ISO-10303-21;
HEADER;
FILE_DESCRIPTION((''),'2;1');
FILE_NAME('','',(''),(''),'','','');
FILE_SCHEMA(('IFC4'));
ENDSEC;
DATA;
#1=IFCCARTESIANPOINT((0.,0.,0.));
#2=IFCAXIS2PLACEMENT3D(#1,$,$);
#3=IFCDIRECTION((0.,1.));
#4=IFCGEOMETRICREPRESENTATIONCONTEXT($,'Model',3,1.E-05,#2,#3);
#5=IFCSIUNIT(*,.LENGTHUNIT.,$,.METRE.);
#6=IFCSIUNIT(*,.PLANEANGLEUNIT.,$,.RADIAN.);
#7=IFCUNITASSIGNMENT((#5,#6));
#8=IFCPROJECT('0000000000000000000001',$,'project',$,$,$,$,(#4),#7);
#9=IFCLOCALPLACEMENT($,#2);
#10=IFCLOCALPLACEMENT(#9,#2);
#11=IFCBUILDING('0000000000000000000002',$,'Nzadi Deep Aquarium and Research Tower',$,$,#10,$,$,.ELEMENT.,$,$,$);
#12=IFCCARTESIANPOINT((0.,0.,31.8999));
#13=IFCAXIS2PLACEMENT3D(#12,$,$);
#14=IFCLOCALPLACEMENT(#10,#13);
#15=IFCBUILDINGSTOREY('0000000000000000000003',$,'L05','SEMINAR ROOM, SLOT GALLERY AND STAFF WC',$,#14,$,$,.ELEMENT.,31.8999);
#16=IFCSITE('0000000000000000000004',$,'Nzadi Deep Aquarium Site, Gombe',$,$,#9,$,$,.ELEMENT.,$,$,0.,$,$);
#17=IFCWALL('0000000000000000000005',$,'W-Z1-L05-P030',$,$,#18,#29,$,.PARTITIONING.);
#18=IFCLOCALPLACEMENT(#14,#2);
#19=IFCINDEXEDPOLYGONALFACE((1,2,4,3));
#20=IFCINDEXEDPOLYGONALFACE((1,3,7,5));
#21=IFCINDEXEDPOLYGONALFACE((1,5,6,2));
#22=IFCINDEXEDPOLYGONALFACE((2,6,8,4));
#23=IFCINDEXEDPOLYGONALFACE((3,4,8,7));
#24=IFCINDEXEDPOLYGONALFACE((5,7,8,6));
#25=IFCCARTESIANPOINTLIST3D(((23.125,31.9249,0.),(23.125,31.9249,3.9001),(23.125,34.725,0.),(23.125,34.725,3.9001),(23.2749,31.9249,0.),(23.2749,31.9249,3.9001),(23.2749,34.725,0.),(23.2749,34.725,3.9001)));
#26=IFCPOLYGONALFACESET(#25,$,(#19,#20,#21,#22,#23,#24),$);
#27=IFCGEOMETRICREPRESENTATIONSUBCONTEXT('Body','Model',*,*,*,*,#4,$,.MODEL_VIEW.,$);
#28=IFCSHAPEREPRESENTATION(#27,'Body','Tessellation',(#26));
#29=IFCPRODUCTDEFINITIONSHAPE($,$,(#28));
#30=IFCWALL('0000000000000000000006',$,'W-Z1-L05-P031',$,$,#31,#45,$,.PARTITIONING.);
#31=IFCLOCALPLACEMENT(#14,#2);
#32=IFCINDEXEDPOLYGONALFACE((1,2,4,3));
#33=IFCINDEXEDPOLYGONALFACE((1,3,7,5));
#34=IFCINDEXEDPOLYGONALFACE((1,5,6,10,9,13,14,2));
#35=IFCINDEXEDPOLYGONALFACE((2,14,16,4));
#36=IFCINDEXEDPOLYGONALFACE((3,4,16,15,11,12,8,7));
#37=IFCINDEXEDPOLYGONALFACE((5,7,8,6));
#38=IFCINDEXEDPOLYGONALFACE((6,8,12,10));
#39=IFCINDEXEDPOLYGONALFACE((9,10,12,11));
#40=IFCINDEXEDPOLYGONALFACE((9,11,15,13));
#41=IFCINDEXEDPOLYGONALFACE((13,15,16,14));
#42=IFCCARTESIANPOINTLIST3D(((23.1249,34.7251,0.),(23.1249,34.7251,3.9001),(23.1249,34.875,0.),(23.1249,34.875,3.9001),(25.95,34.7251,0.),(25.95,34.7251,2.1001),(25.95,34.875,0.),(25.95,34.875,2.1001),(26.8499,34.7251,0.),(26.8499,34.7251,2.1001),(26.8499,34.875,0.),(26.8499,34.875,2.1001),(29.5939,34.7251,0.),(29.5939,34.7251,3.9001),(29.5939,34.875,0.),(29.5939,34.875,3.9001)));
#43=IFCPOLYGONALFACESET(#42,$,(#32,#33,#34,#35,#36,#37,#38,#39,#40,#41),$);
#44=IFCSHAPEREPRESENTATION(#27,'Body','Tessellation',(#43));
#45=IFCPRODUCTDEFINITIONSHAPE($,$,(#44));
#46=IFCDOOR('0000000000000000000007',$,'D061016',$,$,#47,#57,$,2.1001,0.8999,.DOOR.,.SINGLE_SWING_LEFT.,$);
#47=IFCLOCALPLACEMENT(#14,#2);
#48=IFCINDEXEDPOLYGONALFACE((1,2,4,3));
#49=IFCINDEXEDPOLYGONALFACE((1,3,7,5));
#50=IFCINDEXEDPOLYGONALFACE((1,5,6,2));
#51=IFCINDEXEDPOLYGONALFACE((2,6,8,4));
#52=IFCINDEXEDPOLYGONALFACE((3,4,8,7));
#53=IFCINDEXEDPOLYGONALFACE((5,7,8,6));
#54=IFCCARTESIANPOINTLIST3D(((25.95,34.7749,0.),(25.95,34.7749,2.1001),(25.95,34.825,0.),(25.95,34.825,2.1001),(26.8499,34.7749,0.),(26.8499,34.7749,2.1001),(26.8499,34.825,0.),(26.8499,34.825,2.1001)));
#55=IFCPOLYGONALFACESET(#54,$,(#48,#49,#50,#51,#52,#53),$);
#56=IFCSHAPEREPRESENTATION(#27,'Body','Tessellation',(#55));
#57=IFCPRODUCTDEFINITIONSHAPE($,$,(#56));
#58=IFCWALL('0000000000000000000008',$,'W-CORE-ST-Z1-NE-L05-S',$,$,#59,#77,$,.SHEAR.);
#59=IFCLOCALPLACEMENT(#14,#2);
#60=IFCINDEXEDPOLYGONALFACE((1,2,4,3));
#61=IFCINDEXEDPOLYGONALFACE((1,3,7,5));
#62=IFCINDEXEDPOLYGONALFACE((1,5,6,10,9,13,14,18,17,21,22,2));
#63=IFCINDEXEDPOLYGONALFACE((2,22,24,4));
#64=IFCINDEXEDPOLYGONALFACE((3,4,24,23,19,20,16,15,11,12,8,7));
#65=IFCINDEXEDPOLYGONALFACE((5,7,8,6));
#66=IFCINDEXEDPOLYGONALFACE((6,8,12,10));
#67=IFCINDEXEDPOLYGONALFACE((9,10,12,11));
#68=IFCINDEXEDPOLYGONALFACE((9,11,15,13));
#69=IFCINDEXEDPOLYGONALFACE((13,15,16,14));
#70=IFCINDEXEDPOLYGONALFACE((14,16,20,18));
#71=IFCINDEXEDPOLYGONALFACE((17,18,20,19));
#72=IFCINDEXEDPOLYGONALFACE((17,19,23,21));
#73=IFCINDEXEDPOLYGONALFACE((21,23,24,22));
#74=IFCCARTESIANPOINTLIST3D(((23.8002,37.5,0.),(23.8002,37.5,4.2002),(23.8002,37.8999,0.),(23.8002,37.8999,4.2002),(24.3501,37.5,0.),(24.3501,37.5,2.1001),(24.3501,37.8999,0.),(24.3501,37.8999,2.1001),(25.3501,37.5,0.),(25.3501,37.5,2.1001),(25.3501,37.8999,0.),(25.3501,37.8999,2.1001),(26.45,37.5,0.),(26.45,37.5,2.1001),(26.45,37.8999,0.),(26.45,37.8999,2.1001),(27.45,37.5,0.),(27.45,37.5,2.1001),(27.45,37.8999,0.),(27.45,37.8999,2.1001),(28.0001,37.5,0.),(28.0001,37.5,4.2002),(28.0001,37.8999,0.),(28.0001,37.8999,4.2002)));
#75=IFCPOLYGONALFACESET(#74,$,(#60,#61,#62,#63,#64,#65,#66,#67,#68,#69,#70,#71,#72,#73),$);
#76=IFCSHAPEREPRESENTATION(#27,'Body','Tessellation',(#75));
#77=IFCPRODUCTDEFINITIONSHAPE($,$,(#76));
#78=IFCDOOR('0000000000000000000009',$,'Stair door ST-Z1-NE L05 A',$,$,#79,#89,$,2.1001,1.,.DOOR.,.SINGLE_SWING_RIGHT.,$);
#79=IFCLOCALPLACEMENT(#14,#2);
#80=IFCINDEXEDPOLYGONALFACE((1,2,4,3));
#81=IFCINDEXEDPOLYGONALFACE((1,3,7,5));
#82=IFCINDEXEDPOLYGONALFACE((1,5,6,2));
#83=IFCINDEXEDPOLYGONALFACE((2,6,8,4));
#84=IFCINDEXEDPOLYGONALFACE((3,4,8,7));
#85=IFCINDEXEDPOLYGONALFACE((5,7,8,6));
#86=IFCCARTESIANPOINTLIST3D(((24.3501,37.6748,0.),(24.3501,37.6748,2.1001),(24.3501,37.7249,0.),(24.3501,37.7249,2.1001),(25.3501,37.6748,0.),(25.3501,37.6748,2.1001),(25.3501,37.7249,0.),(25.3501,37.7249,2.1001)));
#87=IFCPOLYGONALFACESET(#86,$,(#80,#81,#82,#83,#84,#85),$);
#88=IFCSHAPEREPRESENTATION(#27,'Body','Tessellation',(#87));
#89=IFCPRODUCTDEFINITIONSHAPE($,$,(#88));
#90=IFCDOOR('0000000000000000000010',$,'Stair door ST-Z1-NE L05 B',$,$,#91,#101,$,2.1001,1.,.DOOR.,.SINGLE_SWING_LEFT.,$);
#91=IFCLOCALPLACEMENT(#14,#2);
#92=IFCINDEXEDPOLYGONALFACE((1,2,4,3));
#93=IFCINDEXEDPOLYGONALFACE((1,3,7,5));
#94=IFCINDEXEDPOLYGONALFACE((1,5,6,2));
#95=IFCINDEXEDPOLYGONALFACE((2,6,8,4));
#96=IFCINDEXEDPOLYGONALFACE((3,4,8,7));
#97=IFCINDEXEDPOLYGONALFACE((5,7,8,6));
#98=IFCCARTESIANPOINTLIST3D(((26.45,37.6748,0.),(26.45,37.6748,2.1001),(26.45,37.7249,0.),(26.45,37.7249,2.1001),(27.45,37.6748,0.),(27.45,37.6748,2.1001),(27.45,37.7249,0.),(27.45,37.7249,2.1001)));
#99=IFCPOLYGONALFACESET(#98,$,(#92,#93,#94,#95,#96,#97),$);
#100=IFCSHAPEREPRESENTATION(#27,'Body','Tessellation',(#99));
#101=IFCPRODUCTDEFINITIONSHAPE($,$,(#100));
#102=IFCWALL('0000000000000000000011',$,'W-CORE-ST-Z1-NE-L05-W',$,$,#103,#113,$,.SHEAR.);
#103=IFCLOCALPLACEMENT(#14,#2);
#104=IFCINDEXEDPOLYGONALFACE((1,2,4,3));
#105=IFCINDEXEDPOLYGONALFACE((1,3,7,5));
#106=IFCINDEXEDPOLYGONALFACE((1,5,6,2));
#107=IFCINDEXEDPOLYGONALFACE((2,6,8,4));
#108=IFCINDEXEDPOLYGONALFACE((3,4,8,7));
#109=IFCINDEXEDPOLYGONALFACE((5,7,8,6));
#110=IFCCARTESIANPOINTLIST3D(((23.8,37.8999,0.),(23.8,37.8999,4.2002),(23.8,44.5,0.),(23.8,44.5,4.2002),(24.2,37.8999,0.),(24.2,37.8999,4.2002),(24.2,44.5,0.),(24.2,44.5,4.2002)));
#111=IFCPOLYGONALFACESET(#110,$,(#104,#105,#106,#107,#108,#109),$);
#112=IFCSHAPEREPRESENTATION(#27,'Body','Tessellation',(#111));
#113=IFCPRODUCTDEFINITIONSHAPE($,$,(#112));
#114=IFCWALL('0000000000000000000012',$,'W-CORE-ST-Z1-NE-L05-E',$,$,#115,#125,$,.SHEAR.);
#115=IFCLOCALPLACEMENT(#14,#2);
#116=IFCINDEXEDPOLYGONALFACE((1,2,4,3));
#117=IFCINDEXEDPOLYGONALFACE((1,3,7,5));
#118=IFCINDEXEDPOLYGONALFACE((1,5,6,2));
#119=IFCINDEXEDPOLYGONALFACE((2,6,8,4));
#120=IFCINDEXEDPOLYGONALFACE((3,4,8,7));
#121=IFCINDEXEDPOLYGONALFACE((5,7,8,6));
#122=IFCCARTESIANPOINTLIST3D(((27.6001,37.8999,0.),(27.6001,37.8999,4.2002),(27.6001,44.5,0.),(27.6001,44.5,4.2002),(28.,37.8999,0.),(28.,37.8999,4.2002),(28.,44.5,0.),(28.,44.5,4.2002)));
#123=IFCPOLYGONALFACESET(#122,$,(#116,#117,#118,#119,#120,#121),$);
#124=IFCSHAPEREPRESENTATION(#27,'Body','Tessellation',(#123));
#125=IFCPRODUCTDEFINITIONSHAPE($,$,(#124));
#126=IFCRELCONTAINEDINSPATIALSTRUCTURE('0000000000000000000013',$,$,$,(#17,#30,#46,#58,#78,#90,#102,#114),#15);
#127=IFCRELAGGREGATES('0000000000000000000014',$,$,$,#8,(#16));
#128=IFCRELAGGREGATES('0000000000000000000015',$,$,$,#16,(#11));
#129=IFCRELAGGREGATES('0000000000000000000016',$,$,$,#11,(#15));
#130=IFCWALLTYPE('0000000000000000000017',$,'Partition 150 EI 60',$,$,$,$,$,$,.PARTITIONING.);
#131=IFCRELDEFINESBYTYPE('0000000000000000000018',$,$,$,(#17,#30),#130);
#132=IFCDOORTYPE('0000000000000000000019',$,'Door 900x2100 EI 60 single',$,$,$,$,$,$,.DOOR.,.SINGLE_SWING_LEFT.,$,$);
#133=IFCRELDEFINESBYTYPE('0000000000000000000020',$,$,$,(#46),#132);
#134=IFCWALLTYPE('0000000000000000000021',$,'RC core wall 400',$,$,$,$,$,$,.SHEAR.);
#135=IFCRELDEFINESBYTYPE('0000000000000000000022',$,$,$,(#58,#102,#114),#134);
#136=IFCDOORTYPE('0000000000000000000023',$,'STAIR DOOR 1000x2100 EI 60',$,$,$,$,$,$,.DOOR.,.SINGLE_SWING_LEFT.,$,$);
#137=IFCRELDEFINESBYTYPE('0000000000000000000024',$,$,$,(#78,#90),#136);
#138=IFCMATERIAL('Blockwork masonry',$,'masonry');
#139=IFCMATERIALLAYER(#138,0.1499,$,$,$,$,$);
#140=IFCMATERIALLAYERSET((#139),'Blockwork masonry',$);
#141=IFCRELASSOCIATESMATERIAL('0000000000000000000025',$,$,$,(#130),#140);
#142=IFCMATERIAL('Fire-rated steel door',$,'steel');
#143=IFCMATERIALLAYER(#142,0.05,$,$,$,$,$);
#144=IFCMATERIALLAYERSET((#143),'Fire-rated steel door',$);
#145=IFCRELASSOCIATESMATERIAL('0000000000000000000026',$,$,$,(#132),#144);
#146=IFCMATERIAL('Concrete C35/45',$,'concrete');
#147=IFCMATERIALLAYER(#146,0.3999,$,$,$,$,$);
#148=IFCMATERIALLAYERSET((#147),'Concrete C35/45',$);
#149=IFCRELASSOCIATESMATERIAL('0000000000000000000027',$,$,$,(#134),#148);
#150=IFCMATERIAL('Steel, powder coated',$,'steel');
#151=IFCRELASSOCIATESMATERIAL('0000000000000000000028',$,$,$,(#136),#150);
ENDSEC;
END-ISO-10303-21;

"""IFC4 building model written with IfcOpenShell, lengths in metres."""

from ifc_helpers import new_model, si_unit, direction, frame, frame_2d, origin, place, context, subcontext, project, spatial, rectangle, extrude, material, layer, layer_set, type_object, element, fill, save


model = new_model("IFC4")

# Units and contexts
model_context = context("Model", 3, precision=1e-05, world=origin(), true_north=direction((0.0, 1.0)))
body_context = subcontext(model_context, "Body", "Model", "MODEL_VIEW")
ifc_project = project(units=[si_unit("LENGTHUNIT", "METRE"), si_unit("PLANEANGLEUNIT", "RADIAN")], contexts=[model_context])

# Site, building, storey
site_placement = place(None, origin())
site = spatial("IfcSite", under=ifc_project, at=site_placement, Name="Nzadi Deep Aquarium Site, Gombe", CompositionType="ELEMENT", RefElevation=0.0)
building_placement = place(site_placement, origin())
building = spatial("IfcBuilding", under=site, at=building_placement, Name="Nzadi Deep Aquarium and Research Tower", CompositionType="ELEMENT")
storey_placement = place(building_placement, frame((0.0, 0.0, 31.8999)))
storey = spatial("IfcBuildingStorey", under=building, at=storey_placement, Name="L05", Description="SEMINAR ROOM, SLOT GALLERY AND STAFF WC", CompositionType="ELEMENT", Elevation=31.8999)

# Shared definitions
ifc_material_1 = material(Name="Blockwork masonry", Category="masonry")
ifc_layer_1 = layer(ifc_material_1, 0.1499)
ifc_layer_set_1 = layer_set([ifc_layer_1], Name="Blockwork masonry")
wall_type_1 = type_object("IfcWallType", Name="Partition 150 EI 60", PredefinedType="PARTITIONING", material=ifc_layer_set_1)

# Wall
wall_1_placement = place(storey_placement, frame((23.2, 31.925, 0.0), z_axis=(0.0, 0.0, 1.0), x_axis=(0.0, 1.0, 0.0)))
element("IfcWall", 1, at=wall_1_placement, inside=storey, type_object=wall_type_1, Name="W-Z1-L05-P030", PredefinedType="PARTITIONING", context=body_context, shape_type="SweptSolid", body=[
    extrude(rectangle(XDim=2.8, YDim=0.1499, at=frame_2d((1.3999, 0.0))), origin(), (0.0, 0.0, 1.0), 3.9001),
])

# Wall, opening, door
wall_2_placement = place(storey_placement, frame((23.125, 34.8, 0.0), z_axis=(0.0, 0.0, 1.0), x_axis=(1.0, 0.0, 0.0)))
wall_2 = element("IfcWall", 2, at=wall_2_placement, inside=storey, type_object=wall_type_1, Name="W-Z1-L05-P031", PredefinedType="PARTITIONING", context=body_context, shape_type="SweptSolid", body=[
    extrude(rectangle(XDim=6.469, YDim=0.1499, at=frame_2d((3.2344, 0.0))), origin(), (0.0, 0.0, 1.0), 3.9001),
])
opening_1_placement = place(wall_2_placement, frame((2.825, 0.0, 0.0)))
opening_1 = element("IfcOpeningElement", 3, at=opening_1_placement, cuts=wall_2, PredefinedType="OPENING", context=body_context, shape_type="SweptSolid", body=[
    extrude(rectangle(XDim=0.8999, YDim=2.1001, at=frame_2d((0.45, 1.05))), frame((0.0, 0.085, 0.0), z_axis=(0.0, -1.0, 0.0), x_axis=(1.0, 0.0, 0.0)), (0.0, 0.0, 1.0), 0.1699),
])
ifc_material_2 = material(Name="Fire-rated steel door", Category="steel")
ifc_layer_2 = layer(ifc_material_2, 0.05)
ifc_layer_set_2 = layer_set([ifc_layer_2], Name="Fire-rated steel door")
door_type_1 = type_object("IfcDoorType", Name="Door 900x2100 EI 60 single", OperationType="SINGLE_SWING_LEFT", PredefinedType="DOOR", material=ifc_layer_set_2)
door_1_placement = place(opening_1_placement, origin())
door_1 = element("IfcDoor", 4, at=door_1_placement, inside=storey, type_object=door_type_1, Name="D061016", OperationType="SINGLE_SWING_LEFT", OverallHeight=2.1001, OverallWidth=0.8999, PredefinedType="DOOR", context=body_context, shape_type="SweptSolid", body=[
    extrude(rectangle(XDim=0.8999, YDim=2.1001, at=frame_2d((0.45, 1.05))), frame((0.0, 0.0249, 0.0), z_axis=(0.0, -1.0, 0.0), x_axis=(1.0, 0.0, 0.0)), (0.0, 0.0, 1.0), 0.05),
])
fill(opening_1, door_1)

# Wall, openings, doors
ifc_material_3 = material(Name="Concrete C35/45", Category="concrete")
ifc_layer_3 = layer(ifc_material_3, 0.3999)
ifc_layer_set_3 = layer_set([ifc_layer_3], Name="Concrete C35/45")
wall_type_2 = type_object("IfcWallType", Name="RC core wall 400", PredefinedType="SHEAR", material=ifc_layer_set_3)
wall_3_placement = place(storey_placement, frame((23.8, 37.7, 0.0), z_axis=(0.0, 0.0, 1.0), x_axis=(1.0, 0.0, 0.0)))
wall_3 = element("IfcWall", 5, at=wall_3_placement, inside=storey, type_object=wall_type_2, Name="W-CORE-ST-Z1-NE-L05-S", PredefinedType="SHEAR", context=body_context, shape_type="SweptSolid", body=[
    extrude(rectangle(XDim=4.2, YDim=0.3999, at=frame_2d((2.1001, 0.0))), origin(), (0.0, 0.0, 1.0), 4.2002),
])
opening_2_placement = place(wall_3_placement, frame((0.55, 0.0, 0.0)))
opening_2 = element("IfcOpeningElement", 6, at=opening_2_placement, cuts=wall_3, PredefinedType="OPENING", context=body_context, shape_type="SweptSolid", body=[
    extrude(rectangle(XDim=1.0, YDim=2.1001, at=frame_2d((0.5, 1.05))), frame((0.0, 0.21, 0.0), z_axis=(0.0, -1.0, 0.0), x_axis=(1.0, 0.0, 0.0)), (0.0, 0.0, 1.0), 0.4199),
])
opening_3_placement = place(wall_3_placement, frame((2.6499, 0.0, 0.0)))
opening_3 = element("IfcOpeningElement", 7, at=opening_3_placement, cuts=wall_3, PredefinedType="OPENING", context=body_context, shape_type="SweptSolid", body=[
    extrude(rectangle(XDim=1.0, YDim=2.1001, at=frame_2d((0.5, 1.05))), frame((0.0, 0.21, 0.0), z_axis=(0.0, -1.0, 0.0), x_axis=(1.0, 0.0, 0.0)), (0.0, 0.0, 1.0), 0.4199),
])
ifc_material_4 = material(Name="Steel, powder coated", Category="steel")
door_type_2 = type_object("IfcDoorType", Name="STAIR DOOR 1000x2100 EI 60", OperationType="SINGLE_SWING_LEFT", PredefinedType="DOOR", material=ifc_material_4)
door_2_placement = place(opening_2_placement, origin())
door_2 = element("IfcDoor", 8, at=door_2_placement, inside=storey, type_object=door_type_2, Name="Stair door ST-Z1-NE L05 A", OperationType="SINGLE_SWING_RIGHT", OverallHeight=2.1001, OverallWidth=1.0, PredefinedType="DOOR", context=body_context, shape_type="SweptSolid", body=[
    extrude(rectangle(XDim=1.0, YDim=2.1001, at=frame_2d((0.5, 1.05))), frame((0.0, 0.0249, 0.0), z_axis=(0.0, -1.0, 0.0), x_axis=(1.0, 0.0, 0.0)), (0.0, 0.0, 1.0), 0.05),
])
fill(opening_2, door_2)
door_3_placement = place(opening_3_placement, origin())
door_3 = element("IfcDoor", 9, at=door_3_placement, inside=storey, type_object=door_type_2, Name="Stair door ST-Z1-NE L05 B", OperationType="SINGLE_SWING_LEFT", OverallHeight=2.1001, OverallWidth=1.0, PredefinedType="DOOR", context=body_context, shape_type="SweptSolid", body=[
    extrude(rectangle(XDim=1.0, YDim=2.1001, at=frame_2d((0.5, 1.05))), frame((0.0, 0.0249, 0.0), z_axis=(0.0, -1.0, 0.0), x_axis=(1.0, 0.0, 0.0)), (0.0, 0.0, 1.0), 0.05),
])
fill(opening_3, door_3)

# Walls
for number, where, z_axis, x_axis, name in (
    (10, (24.0, 37.8999, 0.0), (0.0, 0.0, 1.0), (0.0, 1.0, 0.0), "W-CORE-ST-Z1-NE-L05-W"),
    (11, (27.8, 37.8999, 0.0), (0.0, 0.0, 1.0), (0.0, 1.0, 0.0), "W-CORE-ST-Z1-NE-L05-E"),
):
    element("IfcWall", number, at=place(storey_placement, frame(where, z_axis=z_axis, x_axis=x_axis)), inside=storey, type_object=wall_type_2, Name=name, PredefinedType="SHEAR", context=body_context, shape_type="SweptSolid", body=[
        extrude(rectangle(XDim=6.6001, YDim=0.3999, at=frame_2d((3.3, 0.0))), origin(), (0.0, 0.0, 1.0), 4.2002),
    ])

save(model, "model.ifc")
